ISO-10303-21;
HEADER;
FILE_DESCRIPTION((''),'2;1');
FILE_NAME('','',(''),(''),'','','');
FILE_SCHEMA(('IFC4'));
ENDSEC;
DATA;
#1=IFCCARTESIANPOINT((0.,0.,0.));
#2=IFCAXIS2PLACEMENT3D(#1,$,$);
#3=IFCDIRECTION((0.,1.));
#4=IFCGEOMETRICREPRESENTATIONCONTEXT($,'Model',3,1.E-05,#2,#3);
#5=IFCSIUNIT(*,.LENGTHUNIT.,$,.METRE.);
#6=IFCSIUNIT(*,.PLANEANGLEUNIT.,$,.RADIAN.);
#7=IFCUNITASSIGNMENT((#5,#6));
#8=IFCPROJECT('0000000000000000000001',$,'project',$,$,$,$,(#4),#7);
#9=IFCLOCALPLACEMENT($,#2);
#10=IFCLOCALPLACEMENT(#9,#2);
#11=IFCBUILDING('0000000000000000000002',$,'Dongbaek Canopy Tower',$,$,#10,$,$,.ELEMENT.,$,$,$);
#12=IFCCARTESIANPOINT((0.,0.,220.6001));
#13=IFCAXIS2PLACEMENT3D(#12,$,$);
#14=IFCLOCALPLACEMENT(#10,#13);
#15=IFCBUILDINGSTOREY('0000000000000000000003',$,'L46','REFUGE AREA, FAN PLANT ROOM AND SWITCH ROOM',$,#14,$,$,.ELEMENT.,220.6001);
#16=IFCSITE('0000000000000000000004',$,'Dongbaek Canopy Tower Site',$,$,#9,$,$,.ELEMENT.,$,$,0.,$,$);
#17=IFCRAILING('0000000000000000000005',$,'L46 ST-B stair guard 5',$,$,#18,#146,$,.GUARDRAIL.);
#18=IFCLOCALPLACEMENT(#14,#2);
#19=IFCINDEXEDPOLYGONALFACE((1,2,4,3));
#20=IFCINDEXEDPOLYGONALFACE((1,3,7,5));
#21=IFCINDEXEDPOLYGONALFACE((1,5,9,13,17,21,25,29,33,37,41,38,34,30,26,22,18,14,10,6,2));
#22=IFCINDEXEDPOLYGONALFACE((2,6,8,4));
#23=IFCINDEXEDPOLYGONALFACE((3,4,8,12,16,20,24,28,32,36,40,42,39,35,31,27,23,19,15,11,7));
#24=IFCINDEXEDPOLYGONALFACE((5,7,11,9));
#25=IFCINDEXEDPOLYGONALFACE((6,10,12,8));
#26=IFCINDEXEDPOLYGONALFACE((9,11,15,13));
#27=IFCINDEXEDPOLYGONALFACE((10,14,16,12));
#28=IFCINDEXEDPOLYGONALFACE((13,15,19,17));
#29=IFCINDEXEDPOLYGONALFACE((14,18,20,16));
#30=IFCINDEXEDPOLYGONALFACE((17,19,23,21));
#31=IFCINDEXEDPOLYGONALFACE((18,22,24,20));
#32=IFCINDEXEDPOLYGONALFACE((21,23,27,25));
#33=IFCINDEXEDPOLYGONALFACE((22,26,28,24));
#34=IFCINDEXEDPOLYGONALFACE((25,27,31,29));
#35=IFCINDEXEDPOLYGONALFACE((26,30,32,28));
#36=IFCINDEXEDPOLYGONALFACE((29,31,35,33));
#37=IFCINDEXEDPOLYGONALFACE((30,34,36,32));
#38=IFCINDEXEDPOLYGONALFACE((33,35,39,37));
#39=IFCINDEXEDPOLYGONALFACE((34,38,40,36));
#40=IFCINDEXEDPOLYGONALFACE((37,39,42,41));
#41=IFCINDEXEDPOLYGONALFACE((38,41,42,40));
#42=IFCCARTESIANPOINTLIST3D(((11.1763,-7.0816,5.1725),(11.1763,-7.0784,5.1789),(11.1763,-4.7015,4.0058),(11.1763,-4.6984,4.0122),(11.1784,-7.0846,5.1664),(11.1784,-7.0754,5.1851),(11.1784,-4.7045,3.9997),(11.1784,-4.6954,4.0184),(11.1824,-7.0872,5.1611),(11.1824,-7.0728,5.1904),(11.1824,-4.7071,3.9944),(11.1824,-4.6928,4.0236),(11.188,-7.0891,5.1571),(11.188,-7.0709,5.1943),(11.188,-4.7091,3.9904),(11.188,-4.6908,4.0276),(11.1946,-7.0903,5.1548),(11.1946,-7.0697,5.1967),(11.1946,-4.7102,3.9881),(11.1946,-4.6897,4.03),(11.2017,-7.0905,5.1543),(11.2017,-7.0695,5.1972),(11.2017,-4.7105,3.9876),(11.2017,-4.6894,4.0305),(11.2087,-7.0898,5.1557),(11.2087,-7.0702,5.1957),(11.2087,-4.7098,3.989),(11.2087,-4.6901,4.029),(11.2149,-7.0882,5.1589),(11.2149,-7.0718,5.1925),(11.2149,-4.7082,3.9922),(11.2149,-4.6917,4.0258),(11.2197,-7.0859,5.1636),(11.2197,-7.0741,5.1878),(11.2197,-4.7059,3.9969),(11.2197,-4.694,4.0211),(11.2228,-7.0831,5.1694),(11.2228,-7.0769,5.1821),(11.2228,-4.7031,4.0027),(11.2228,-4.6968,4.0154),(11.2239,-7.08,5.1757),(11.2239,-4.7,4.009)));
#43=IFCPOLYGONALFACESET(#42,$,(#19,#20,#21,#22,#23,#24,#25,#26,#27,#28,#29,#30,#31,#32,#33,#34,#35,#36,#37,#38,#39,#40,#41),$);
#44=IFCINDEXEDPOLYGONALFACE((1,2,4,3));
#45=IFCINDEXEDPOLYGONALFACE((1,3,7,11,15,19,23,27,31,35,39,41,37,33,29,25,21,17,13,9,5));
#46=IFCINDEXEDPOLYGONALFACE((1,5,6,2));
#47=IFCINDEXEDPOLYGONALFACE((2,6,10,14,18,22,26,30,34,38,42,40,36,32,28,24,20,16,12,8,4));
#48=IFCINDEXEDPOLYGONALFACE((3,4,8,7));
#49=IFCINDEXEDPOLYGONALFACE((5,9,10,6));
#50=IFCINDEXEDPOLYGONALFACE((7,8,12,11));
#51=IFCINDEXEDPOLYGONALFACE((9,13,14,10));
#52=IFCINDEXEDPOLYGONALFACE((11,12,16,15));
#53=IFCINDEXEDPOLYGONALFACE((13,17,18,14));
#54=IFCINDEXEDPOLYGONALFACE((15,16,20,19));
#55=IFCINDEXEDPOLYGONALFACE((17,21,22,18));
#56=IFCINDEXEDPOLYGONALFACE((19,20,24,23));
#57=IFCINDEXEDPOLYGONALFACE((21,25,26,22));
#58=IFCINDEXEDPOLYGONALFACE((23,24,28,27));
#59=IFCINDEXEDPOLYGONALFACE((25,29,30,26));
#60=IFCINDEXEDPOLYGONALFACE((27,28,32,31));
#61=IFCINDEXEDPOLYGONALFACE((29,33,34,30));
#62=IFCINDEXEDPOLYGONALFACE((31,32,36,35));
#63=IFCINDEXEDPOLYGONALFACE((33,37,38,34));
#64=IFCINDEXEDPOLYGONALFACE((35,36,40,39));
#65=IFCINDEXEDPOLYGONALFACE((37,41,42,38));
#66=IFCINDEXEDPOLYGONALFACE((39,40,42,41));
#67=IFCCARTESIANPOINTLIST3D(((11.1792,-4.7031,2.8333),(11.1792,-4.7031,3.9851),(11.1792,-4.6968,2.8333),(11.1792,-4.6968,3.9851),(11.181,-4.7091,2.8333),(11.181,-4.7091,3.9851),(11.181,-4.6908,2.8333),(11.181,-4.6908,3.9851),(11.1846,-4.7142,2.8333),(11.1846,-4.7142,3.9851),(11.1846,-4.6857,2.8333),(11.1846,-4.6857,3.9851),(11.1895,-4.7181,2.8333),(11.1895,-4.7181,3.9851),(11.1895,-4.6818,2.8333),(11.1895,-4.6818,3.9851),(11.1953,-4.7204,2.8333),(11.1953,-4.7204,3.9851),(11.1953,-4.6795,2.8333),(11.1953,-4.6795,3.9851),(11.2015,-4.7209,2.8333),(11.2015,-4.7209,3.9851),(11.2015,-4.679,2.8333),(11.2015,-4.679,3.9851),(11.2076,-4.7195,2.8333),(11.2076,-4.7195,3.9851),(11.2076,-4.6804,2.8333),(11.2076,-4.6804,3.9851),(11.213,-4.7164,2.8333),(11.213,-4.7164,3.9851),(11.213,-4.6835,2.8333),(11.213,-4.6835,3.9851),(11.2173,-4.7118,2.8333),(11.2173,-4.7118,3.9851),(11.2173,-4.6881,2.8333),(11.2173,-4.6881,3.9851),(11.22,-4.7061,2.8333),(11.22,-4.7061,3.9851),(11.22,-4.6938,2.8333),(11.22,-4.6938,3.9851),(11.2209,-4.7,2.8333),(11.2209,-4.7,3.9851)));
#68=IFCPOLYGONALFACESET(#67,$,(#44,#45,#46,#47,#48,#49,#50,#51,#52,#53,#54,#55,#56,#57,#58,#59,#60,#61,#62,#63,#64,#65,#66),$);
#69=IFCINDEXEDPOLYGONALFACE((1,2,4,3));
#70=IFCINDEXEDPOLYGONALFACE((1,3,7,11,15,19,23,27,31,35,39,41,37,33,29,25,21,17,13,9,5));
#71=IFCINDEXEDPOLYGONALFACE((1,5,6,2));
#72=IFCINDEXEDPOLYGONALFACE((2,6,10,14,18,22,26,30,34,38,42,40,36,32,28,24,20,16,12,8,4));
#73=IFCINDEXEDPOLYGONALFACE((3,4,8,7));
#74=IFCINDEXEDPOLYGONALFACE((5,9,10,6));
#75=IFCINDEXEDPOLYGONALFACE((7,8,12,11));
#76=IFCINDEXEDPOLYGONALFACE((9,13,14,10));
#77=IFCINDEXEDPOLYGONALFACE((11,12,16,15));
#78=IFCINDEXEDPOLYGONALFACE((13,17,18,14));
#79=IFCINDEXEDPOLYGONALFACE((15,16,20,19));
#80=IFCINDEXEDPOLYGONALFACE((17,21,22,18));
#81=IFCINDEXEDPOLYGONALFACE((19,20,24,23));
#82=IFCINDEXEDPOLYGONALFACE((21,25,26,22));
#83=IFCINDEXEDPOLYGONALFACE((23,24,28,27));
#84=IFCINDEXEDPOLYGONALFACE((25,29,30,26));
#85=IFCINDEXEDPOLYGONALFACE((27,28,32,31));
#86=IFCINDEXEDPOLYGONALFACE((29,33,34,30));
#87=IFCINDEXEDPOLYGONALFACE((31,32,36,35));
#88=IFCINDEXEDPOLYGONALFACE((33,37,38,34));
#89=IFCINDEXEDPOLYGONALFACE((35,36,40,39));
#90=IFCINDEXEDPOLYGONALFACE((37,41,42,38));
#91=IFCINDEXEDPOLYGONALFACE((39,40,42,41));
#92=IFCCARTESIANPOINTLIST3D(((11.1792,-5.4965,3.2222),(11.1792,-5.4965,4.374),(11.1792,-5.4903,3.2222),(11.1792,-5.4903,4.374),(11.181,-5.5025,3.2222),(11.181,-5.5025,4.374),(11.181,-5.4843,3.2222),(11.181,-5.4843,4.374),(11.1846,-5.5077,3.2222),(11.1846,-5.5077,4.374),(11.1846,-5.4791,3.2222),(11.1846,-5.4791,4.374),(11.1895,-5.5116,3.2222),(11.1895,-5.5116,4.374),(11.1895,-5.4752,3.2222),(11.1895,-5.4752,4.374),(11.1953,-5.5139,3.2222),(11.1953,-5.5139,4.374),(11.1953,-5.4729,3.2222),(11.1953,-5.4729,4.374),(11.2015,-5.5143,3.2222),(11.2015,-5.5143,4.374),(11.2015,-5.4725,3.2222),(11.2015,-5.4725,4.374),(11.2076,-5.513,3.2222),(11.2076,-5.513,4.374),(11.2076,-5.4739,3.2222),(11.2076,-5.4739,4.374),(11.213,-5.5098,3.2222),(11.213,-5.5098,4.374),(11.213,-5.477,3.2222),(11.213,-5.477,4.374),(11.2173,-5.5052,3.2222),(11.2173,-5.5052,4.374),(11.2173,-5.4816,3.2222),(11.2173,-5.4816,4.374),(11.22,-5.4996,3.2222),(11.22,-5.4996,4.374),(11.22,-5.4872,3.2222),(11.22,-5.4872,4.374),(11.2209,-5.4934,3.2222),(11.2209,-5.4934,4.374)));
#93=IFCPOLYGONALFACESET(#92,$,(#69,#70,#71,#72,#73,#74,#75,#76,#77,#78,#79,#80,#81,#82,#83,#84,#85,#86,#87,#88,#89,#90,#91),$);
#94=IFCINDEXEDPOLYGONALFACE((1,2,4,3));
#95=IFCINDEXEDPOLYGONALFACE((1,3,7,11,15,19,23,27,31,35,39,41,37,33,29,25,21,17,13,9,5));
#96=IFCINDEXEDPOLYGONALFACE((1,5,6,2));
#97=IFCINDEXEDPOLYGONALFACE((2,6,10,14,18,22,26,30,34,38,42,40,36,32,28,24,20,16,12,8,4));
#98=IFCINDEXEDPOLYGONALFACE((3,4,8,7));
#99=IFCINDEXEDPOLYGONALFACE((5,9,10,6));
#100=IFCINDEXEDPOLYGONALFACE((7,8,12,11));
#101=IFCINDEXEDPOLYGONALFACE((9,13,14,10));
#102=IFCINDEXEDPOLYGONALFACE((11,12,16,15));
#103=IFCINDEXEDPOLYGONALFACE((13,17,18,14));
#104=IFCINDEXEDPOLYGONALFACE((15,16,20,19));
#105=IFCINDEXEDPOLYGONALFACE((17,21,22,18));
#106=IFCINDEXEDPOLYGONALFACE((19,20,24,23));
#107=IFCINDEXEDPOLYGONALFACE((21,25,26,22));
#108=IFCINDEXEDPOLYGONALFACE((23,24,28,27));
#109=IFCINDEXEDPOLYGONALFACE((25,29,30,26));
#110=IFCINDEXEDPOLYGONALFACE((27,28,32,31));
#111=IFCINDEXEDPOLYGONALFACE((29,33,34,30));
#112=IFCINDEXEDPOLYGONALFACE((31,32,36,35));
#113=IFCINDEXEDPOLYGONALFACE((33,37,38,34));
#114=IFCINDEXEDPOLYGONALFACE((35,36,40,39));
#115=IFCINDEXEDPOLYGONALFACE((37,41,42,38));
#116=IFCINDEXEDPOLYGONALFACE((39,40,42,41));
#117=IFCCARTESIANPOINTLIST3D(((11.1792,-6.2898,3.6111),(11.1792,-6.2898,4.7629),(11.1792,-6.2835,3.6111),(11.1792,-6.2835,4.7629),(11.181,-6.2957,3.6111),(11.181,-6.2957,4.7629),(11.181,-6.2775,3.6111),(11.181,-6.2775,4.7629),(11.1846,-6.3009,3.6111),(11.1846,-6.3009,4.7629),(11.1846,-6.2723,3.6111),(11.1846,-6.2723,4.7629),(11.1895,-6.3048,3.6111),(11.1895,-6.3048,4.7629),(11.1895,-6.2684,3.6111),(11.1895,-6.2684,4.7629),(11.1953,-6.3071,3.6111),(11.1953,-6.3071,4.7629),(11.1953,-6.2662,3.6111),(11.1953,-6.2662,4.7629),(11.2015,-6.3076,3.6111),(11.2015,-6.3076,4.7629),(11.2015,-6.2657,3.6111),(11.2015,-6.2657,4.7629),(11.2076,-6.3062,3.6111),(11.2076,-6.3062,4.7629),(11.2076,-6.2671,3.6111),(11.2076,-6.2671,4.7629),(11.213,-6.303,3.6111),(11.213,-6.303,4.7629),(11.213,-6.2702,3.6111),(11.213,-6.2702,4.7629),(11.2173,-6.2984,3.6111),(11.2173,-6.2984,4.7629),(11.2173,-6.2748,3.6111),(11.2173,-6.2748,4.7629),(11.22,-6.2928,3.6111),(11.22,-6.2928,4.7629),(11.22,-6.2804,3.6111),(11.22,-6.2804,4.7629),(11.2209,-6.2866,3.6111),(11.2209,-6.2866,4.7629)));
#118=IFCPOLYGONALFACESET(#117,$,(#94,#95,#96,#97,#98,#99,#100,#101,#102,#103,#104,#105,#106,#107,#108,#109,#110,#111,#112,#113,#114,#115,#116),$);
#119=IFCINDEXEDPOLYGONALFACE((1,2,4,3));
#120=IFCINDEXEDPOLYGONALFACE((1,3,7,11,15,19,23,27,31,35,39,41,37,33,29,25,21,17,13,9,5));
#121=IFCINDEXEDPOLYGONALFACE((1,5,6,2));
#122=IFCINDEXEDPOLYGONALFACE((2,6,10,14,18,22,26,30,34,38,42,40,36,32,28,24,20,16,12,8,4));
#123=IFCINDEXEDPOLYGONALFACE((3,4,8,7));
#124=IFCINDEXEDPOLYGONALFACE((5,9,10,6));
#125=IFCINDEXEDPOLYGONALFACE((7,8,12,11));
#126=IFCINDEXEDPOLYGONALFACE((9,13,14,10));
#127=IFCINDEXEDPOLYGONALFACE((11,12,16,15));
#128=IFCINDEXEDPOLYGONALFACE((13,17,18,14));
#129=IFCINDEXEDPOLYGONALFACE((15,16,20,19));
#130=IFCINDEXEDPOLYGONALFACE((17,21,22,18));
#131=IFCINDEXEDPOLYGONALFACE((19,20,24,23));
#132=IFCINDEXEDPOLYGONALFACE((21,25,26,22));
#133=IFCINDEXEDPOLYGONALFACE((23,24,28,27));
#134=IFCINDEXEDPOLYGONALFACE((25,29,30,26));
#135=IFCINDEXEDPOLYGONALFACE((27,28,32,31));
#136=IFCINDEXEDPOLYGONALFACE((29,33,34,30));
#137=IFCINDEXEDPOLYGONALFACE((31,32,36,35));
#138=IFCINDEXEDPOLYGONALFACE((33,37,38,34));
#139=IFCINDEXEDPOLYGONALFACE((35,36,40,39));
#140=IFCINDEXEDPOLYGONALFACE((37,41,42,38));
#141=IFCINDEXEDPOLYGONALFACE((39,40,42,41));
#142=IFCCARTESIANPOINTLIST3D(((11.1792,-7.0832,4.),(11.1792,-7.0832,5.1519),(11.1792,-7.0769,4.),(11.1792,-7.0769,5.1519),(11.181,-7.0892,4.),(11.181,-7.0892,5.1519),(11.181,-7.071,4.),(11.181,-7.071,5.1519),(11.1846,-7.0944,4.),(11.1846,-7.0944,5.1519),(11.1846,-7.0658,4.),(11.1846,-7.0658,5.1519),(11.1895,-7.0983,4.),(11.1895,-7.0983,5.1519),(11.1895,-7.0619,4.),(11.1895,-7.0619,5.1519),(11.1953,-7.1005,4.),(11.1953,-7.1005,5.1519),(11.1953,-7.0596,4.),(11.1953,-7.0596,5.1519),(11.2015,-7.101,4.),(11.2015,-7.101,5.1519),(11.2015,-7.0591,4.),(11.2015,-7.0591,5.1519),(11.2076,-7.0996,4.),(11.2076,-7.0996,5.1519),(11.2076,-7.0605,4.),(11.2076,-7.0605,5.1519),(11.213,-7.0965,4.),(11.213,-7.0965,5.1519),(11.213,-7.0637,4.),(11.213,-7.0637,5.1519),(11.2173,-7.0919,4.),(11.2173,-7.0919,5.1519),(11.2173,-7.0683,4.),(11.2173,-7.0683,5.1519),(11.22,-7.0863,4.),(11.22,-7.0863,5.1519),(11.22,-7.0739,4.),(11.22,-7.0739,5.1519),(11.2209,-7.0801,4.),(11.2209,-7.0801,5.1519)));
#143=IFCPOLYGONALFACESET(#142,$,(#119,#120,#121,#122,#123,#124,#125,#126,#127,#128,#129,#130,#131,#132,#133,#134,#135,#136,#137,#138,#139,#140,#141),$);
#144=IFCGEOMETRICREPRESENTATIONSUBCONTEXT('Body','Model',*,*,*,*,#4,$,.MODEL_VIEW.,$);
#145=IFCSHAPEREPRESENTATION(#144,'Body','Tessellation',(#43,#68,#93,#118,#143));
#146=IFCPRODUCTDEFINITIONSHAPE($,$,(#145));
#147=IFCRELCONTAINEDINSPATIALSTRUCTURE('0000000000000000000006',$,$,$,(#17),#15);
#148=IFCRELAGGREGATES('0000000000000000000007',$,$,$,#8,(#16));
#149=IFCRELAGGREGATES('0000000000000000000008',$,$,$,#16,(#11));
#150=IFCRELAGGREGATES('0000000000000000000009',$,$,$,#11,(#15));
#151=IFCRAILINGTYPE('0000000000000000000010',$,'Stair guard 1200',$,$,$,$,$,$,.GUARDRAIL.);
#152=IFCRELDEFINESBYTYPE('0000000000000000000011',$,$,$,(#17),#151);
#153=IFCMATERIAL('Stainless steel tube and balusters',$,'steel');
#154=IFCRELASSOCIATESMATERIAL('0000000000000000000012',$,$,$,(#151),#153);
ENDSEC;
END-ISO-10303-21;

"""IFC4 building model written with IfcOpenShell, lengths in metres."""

from ifc_helpers import new_model, si_unit, direction, frame, origin, origin_2d, place, context, subcontext, project, spatial, circle, extrude, material, type_object, element, save


model = new_model("IFC4")

# Units and contexts
model_context = context("Model", 3, precision=1e-05, world=origin(), true_north=direction((0.0, 1.0)))
body_context = subcontext(model_context, "Body", "Model", "MODEL_VIEW")
ifc_project = project(units=[si_unit("LENGTHUNIT", "METRE"), si_unit("PLANEANGLEUNIT", "RADIAN")], contexts=[model_context])

# Site, building, storey
site_placement = place(None, origin())
site = spatial("IfcSite", under=ifc_project, at=site_placement, Name="Dongbaek Canopy Tower Site", CompositionType="ELEMENT", RefElevation=0.0)
building_placement = place(site_placement, origin())
building = spatial("IfcBuilding", under=site, at=building_placement, Name="Dongbaek Canopy Tower", CompositionType="ELEMENT")
storey_placement = place(building_placement, frame((0.0, 0.0, 220.6001)))
storey = spatial("IfcBuildingStorey", under=building, at=storey_placement, Name="L46", Description="REFUGE AREA, FAN PLANT ROOM AND SWITCH ROOM", CompositionType="ELEMENT", Elevation=220.6001)

# Railing
ifc_material_1 = material(Name="Stainless steel tube and balusters", Category="steel")
railing_type_1 = type_object("IfcRailingType", Name="Stair guard 1200", PredefinedType="GUARDRAIL", material=ifc_material_1)
railing_1_placement = place(storey_placement, frame((11.2, -4.7, 2.8333)))
element("IfcRailing", 1, at=railing_1_placement, inside=storey, type_object=railing_type_1, Name="L46 ST-B stair guard 5", PredefinedType="GUARDRAIL", context=body_context, shape_type="SweptSolid", body=[
    extrude(circle(Radius=0.0239, at=origin_2d()), frame((0.0, 0.0, 1.1758), z_axis=(0.0, -0.897918, 0.440163), x_axis=(1.0, 0.0, 0.0)), (0.0, 0.0, 1.0), 2.6506),
    extrude(circle(Radius=0.021, at=origin_2d()), origin(), (0.0, 0.0, 1.0), 1.1519),
    extrude(circle(Radius=0.021, at=origin_2d()), frame((0.0, -0.7935, 0.3889)), (0.0, 0.0, 1.0), 1.1519),
    extrude(circle(Radius=0.021, at=origin_2d()), frame((0.0, -1.5867, 0.7778)), (0.0, 0.0, 1.0), 1.1519),
    extrude(circle(Radius=0.021, at=origin_2d()), frame((0.0, -2.3801, 1.1667)), (0.0, 0.0, 1.0), 1.1519),
])

save(model, "model.ifc")
